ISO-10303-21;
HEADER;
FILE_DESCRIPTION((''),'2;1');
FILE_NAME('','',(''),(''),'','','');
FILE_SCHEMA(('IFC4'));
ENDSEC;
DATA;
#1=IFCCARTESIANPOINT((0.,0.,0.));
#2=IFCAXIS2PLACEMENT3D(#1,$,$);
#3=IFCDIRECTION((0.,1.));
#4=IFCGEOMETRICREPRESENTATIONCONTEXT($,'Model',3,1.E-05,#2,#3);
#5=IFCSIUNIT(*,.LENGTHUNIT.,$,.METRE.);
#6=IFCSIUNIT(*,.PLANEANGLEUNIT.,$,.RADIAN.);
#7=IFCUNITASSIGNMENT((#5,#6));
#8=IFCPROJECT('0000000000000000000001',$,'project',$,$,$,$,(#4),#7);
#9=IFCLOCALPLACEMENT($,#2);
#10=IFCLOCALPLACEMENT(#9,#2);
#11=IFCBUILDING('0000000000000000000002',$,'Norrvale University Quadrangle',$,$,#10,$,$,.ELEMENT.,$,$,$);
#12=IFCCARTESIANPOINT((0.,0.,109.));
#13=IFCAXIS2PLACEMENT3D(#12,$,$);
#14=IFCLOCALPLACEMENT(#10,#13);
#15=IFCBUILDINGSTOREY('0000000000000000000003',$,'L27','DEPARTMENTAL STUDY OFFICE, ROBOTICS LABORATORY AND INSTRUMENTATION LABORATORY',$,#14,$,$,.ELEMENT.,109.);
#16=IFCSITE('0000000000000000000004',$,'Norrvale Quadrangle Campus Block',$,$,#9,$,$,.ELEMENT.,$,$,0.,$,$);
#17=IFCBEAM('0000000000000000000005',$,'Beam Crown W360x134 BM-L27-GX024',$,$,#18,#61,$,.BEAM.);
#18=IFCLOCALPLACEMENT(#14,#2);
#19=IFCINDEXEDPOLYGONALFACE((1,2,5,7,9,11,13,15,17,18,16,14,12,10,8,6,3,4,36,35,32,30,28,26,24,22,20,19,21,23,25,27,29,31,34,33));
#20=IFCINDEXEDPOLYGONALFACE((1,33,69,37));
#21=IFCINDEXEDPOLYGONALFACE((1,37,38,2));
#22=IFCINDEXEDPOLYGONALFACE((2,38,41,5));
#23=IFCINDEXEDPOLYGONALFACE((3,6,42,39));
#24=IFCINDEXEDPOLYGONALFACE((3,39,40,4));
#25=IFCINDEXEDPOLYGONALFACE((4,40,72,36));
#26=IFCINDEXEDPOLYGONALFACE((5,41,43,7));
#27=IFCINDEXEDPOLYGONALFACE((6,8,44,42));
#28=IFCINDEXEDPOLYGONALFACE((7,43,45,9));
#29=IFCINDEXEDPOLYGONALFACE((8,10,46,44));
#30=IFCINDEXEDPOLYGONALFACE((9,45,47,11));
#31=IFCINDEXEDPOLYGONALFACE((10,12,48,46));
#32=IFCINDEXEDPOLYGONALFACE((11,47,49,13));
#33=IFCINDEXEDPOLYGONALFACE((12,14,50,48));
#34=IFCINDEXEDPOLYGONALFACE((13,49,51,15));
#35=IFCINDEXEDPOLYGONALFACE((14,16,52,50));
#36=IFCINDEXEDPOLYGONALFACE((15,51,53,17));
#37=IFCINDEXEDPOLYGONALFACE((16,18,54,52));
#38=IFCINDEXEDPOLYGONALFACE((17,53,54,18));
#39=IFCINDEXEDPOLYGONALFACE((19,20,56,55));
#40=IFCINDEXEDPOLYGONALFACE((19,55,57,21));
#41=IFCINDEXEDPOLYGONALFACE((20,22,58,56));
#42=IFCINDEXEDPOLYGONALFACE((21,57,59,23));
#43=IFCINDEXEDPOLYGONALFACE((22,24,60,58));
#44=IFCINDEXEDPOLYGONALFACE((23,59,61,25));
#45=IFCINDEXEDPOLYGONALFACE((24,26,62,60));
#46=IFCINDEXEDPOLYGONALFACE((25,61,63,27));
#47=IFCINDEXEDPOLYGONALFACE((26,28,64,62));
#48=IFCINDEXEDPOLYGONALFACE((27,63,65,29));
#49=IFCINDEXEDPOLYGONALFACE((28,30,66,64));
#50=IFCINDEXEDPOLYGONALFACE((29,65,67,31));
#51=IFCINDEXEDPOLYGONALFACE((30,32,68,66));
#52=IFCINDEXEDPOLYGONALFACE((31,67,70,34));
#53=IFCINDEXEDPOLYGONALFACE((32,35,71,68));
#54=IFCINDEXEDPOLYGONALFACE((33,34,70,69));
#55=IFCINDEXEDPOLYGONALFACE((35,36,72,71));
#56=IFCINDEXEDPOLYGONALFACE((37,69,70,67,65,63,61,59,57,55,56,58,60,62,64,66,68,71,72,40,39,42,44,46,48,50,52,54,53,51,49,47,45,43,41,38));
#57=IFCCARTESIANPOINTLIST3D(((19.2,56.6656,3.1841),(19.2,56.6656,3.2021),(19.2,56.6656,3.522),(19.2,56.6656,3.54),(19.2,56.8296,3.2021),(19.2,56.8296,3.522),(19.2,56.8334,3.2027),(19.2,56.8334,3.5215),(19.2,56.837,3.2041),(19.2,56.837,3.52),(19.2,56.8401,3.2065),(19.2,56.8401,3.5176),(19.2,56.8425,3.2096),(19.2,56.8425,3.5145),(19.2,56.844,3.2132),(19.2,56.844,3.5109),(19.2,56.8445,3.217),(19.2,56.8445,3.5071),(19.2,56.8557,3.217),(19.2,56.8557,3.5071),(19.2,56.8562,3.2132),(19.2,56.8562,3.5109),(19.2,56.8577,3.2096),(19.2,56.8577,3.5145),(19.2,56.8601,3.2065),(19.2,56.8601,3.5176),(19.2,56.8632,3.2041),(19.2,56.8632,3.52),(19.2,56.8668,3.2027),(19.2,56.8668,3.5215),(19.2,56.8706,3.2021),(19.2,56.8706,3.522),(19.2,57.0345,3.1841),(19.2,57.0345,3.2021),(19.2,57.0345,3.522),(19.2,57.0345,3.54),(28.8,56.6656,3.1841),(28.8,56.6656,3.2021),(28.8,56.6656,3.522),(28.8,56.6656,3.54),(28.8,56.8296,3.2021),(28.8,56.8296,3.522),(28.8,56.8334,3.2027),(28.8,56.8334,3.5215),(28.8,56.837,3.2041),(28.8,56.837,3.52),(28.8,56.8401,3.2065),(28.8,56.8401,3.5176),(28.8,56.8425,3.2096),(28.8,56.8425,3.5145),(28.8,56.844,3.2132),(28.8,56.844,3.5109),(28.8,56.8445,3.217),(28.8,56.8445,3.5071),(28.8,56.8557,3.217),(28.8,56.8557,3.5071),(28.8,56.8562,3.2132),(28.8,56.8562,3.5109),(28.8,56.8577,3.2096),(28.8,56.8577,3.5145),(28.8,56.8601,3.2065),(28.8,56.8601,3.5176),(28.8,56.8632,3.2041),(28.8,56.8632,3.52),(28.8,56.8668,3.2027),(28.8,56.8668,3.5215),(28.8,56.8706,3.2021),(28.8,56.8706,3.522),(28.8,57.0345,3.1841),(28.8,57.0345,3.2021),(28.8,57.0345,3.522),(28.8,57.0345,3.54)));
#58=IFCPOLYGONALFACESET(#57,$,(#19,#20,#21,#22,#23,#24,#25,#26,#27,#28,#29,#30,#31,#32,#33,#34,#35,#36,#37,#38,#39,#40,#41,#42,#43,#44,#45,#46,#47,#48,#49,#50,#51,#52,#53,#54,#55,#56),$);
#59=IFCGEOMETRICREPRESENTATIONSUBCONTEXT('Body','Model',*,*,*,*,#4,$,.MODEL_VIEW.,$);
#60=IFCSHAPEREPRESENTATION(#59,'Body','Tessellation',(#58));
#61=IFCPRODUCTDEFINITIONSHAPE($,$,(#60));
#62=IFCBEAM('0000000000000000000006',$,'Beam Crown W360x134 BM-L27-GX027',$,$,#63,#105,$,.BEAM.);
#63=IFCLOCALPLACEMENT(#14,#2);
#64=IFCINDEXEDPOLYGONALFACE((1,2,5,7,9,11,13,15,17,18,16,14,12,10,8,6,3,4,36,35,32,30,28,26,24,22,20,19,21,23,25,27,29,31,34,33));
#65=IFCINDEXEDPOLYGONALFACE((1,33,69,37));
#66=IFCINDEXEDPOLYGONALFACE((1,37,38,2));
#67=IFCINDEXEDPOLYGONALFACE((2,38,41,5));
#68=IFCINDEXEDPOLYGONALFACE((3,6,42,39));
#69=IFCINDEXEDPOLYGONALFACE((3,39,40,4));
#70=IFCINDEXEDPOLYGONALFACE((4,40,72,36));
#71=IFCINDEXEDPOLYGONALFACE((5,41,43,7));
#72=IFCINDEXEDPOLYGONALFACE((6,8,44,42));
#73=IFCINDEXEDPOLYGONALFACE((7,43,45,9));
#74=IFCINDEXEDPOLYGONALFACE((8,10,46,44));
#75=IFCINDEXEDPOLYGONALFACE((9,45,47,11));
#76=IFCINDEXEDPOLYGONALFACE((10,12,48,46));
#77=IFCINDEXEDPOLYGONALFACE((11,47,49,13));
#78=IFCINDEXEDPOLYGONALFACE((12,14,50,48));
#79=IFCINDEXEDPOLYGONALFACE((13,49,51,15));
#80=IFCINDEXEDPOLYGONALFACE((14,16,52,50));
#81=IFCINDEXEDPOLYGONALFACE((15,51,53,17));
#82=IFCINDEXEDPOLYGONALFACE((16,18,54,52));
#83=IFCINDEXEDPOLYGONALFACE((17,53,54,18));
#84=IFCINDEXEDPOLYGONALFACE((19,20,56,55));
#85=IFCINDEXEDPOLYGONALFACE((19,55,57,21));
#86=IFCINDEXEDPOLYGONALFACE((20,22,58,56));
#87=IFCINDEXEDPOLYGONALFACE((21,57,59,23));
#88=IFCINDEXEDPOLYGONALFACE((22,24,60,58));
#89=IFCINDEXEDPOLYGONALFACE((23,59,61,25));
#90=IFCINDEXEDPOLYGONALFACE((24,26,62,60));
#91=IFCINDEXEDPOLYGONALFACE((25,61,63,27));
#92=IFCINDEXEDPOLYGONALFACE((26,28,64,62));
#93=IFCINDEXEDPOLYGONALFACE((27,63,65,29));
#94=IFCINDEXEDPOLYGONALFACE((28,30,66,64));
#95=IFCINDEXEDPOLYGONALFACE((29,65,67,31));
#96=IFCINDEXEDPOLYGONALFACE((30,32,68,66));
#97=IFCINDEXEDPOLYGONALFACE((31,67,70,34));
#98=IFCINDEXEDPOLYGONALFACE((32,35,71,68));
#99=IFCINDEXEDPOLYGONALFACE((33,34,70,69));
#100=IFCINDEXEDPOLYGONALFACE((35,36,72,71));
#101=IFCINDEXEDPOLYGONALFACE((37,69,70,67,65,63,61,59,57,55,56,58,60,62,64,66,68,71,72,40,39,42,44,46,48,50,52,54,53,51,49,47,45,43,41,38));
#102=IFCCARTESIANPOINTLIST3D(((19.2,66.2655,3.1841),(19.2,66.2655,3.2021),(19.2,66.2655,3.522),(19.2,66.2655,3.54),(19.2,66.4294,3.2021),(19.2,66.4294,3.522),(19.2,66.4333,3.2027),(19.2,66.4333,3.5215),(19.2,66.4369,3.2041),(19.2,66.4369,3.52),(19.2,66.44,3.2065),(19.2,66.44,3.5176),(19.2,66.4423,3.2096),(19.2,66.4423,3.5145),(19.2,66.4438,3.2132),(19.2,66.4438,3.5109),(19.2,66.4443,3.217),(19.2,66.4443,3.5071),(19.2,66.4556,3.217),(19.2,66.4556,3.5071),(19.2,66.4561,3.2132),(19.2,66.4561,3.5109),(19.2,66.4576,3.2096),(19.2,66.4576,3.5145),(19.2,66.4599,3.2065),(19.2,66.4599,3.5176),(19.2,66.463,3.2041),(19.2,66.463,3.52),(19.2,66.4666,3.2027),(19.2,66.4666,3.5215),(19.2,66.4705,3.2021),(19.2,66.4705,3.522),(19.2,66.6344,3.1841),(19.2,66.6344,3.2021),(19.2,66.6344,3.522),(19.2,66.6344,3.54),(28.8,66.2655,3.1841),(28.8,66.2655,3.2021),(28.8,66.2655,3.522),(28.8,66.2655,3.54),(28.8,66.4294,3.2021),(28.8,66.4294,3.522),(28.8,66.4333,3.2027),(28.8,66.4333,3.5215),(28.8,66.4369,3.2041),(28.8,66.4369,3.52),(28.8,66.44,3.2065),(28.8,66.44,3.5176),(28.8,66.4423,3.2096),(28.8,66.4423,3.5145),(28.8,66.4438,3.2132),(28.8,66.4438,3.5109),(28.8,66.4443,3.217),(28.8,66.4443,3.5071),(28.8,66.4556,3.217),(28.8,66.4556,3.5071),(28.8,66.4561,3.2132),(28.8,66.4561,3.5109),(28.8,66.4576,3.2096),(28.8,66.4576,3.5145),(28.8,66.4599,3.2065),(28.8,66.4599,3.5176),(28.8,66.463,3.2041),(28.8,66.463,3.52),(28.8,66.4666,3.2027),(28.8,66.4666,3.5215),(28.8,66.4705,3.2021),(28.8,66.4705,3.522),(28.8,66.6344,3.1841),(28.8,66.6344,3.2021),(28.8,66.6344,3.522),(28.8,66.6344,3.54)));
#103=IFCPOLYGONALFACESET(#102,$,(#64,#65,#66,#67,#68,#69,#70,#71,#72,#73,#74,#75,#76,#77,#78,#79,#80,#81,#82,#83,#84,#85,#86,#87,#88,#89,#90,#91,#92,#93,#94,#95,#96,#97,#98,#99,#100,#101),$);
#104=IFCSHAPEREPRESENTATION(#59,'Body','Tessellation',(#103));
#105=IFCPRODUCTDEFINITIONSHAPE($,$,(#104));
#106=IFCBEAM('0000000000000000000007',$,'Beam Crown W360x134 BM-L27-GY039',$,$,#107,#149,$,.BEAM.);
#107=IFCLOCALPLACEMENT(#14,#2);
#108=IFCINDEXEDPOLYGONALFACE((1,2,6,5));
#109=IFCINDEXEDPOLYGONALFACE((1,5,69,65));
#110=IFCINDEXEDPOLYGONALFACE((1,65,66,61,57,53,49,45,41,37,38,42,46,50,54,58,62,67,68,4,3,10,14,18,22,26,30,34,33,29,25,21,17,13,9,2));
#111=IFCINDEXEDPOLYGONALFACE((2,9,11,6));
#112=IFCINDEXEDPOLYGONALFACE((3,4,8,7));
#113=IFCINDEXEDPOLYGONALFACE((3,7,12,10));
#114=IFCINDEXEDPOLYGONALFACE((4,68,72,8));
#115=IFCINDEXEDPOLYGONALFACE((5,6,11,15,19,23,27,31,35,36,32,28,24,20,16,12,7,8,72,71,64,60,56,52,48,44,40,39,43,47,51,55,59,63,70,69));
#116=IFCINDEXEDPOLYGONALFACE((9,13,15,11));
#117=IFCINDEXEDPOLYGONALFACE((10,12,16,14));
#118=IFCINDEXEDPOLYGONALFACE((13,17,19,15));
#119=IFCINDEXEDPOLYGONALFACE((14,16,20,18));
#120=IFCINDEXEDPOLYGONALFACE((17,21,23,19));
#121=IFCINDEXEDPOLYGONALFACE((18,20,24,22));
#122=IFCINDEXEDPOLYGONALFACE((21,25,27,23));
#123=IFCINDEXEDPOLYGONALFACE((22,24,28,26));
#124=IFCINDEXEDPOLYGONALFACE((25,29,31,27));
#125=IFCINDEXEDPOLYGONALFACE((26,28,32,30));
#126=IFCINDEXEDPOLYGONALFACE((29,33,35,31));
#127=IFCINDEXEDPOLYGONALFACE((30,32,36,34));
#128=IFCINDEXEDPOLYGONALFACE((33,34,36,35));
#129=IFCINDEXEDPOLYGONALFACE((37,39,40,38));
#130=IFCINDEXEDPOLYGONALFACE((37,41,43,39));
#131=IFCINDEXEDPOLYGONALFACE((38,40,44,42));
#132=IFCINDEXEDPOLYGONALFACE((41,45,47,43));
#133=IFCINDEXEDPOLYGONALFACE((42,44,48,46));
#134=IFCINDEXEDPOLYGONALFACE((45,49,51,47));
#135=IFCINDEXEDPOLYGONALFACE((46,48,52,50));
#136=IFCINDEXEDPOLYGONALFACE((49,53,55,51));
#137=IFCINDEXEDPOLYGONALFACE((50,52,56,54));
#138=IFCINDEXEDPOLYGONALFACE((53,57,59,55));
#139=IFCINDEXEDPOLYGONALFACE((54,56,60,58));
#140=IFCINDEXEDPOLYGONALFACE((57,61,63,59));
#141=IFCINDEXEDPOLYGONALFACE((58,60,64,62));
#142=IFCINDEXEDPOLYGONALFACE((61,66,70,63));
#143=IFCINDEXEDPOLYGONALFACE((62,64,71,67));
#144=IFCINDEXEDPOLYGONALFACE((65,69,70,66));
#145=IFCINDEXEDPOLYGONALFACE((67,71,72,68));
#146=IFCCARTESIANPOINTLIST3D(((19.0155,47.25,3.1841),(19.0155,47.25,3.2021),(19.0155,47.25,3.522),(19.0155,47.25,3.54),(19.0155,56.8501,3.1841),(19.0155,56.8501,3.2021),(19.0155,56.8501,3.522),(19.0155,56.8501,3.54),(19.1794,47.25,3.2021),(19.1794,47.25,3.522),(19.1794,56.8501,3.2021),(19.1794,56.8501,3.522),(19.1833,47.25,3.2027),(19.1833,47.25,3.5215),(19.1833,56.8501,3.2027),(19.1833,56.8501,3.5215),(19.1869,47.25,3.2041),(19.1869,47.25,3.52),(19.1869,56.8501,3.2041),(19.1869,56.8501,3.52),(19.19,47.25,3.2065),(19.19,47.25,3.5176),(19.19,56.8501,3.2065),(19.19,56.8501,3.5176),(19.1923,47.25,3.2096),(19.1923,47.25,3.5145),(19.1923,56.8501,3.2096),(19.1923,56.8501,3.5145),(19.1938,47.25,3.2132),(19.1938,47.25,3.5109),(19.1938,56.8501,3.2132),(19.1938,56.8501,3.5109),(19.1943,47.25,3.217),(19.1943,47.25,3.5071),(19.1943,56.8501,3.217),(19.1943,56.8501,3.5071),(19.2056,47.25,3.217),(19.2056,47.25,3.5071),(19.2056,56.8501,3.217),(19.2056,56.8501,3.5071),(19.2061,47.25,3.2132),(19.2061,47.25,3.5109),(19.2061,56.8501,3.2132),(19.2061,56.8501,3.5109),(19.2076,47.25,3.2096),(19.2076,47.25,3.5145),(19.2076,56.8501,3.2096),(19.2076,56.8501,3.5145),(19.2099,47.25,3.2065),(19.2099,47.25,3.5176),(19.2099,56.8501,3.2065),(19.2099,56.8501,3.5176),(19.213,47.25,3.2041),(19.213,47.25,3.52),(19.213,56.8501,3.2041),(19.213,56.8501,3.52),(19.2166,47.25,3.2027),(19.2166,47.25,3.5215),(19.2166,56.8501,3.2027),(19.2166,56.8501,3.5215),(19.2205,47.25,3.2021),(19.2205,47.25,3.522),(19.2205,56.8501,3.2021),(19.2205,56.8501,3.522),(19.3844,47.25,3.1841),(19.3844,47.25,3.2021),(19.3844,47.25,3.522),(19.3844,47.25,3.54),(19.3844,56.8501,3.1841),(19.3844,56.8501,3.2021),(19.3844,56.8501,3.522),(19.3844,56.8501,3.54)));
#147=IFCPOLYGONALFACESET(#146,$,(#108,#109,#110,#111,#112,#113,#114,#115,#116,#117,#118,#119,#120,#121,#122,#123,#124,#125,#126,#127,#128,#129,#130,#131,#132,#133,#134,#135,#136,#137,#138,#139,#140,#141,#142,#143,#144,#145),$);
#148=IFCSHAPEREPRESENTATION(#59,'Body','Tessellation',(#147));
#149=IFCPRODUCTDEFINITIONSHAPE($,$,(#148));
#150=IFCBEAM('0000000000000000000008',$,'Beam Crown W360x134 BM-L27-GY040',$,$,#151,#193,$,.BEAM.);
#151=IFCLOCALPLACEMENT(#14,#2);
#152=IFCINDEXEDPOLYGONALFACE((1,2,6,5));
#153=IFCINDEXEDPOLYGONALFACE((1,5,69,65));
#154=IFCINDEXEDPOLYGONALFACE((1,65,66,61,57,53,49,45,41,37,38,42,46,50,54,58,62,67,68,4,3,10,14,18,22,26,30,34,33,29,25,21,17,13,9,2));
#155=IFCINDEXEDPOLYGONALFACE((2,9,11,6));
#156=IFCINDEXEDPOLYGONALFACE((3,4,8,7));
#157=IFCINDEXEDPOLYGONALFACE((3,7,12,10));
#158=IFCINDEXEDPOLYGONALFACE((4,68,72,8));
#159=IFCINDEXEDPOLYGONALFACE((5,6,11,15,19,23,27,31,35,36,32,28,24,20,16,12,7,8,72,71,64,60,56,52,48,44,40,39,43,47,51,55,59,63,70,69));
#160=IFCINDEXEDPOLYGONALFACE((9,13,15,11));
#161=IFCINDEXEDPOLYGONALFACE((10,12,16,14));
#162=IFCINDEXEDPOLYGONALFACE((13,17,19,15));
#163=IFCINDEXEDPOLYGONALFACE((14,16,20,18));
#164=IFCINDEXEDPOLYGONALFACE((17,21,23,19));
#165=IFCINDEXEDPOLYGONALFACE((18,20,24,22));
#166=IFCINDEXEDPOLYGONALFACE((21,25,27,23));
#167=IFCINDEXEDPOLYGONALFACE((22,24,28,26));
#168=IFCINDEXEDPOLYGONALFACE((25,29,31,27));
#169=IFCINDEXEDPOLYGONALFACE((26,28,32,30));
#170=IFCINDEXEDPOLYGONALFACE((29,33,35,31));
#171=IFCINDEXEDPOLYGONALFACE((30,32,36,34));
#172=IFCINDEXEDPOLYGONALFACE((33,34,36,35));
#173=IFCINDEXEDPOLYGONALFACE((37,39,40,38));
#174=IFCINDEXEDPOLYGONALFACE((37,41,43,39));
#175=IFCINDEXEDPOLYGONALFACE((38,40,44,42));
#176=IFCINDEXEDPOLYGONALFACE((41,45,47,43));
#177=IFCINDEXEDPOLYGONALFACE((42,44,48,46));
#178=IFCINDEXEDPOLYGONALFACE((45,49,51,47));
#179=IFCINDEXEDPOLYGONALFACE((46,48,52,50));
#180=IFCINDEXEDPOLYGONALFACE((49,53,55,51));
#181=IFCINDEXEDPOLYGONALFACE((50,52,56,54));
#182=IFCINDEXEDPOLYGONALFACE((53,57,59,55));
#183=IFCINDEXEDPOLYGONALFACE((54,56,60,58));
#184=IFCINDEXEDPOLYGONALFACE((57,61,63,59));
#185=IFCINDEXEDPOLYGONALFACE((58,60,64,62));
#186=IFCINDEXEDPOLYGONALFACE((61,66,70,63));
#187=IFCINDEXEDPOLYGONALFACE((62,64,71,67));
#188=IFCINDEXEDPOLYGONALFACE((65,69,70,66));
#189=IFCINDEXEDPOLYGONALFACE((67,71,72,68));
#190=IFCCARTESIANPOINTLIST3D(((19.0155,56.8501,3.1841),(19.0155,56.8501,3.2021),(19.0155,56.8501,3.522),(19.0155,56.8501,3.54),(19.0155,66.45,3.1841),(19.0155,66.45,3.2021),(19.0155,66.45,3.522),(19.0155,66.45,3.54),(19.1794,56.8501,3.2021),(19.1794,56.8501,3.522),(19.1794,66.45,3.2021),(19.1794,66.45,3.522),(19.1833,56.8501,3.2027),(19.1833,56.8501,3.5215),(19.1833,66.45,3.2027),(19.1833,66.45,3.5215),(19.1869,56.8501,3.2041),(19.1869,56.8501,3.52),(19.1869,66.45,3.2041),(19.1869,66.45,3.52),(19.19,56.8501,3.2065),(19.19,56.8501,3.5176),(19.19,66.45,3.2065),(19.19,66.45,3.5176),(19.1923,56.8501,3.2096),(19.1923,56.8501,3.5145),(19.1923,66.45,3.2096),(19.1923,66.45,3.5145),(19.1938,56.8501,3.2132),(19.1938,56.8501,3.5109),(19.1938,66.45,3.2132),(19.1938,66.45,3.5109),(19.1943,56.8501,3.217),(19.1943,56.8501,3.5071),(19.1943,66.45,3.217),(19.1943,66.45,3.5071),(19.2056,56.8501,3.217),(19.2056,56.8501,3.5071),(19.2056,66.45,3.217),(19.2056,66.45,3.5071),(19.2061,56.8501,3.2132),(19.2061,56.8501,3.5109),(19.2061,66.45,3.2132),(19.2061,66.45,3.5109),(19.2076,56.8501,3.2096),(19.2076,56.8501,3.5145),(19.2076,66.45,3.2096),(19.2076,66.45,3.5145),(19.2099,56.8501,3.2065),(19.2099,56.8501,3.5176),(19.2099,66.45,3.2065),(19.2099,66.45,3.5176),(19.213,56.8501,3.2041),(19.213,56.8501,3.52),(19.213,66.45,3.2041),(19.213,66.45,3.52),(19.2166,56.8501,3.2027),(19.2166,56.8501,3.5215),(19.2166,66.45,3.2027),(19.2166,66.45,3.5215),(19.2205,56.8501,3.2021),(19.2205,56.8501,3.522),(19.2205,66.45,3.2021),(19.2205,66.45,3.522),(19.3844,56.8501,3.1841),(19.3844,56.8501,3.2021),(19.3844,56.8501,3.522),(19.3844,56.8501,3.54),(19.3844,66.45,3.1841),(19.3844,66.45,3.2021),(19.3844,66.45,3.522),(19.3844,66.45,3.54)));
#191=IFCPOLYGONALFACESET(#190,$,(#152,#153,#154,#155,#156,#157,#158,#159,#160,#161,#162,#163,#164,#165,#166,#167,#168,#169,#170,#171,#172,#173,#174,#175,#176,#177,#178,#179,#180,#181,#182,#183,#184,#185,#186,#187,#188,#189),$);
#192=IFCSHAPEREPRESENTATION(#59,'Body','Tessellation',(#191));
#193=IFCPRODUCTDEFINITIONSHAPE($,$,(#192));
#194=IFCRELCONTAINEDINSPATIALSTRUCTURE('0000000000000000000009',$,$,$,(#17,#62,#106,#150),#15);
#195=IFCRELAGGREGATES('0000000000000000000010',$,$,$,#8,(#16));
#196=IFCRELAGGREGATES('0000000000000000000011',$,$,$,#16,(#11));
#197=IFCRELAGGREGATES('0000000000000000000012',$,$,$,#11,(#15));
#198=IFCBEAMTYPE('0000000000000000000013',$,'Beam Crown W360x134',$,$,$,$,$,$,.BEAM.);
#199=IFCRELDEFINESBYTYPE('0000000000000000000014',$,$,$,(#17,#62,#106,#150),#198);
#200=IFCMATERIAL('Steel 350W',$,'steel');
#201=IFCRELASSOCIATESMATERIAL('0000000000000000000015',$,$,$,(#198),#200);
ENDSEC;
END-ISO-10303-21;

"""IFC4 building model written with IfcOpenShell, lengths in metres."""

from ifc_helpers import new_model, si_unit, direction, frame, origin, origin_2d, place, context, subcontext, project, spatial, i_section, extrude, material, material_profile, profile_set, type_object, element, save


model = new_model("IFC4")

# Units and contexts
model_context = context("Model", 3, precision=1e-05, world=origin(), true_north=direction((0.0, 1.0)))
body_context = subcontext(model_context, "Body", "Model", "MODEL_VIEW")
ifc_project = project(units=[si_unit("LENGTHUNIT", "METRE"), si_unit("PLANEANGLEUNIT", "RADIAN")], contexts=[model_context])

# Site, building, storey
site_placement = place(None, origin())
site = spatial("IfcSite", under=ifc_project, at=site_placement, Name="Norrvale Quadrangle Campus Block", CompositionType="ELEMENT", RefElevation=0.0)
building_placement = place(site_placement, origin())
building = spatial("IfcBuilding", under=site, at=building_placement, Name="Norrvale University Quadrangle", CompositionType="ELEMENT")
storey_placement = place(building_placement, frame((0.0, 0.0, 109.0)))
storey = spatial("IfcBuildingStorey", under=building, at=storey_placement, Name="L27", Description="DEPARTMENTAL STUDY OFFICE, ROBOTICS LABORATORY AND INSTRUMENTATION LABORATORY", CompositionType="ELEMENT", Elevation=109.0)

# Beams
ifc_material_1 = material(Name="Steel 350W", Category="steel")
ifc_material_profile_1 = material_profile(ifc_material_1, i_section(OverallWidth=0.3689, OverallDepth=0.356, WebThickness=0.0112, FlangeThickness=0.0181, FilletRadius=0.0149, at=origin_2d()), Name="Steel 350W")
ifc_profile_set_1 = profile_set([ifc_material_profile_1], Name="Steel 350W")
beam_type_1 = type_object("IfcBeamType", Name="Beam Crown W360x134", PredefinedType="BEAM", material=ifc_profile_set_1)
for number, where, z_axis, x_axis, name in (
    (1, (19.2, 56.8501, 3.3621), (1.0, 0.0, 0.0), (0.0, 1.0, 0.0), "Beam Crown W360x134 BM-L27-GX024"),
    (2, (19.2, 66.45, 3.3621), (1.0, 0.0, 0.0), (0.0, 1.0, 0.0), "Beam Crown W360x134 BM-L27-GX027"),
    (3, (19.2, 47.25, 3.3621), (0.0, 1.0, 0.0), (-1.0, 0.0, 0.0), "Beam Crown W360x134 BM-L27-GY039"),
):
    element("IfcBeam", number, at=place(storey_placement, frame(where, z_axis=z_axis, x_axis=x_axis)), inside=storey, type_object=beam_type_1, Name=name, PredefinedType="BEAM", context=body_context, shape_type="SweptSolid", body=[
        extrude(i_section(OverallWidth=0.3689, OverallDepth=0.356, WebThickness=0.0112, FlangeThickness=0.0181, FilletRadius=0.0149, at=origin_2d()), origin(), (0.0, 0.0, 1.0), 9.6001),
    ])
beam_1_placement = place(storey_placement, frame((19.2, 56.8501, 3.3621), z_axis=(0.0, 1.0, 0.0), x_axis=(-1.0, 0.0, 0.0)))
element("IfcBeam", 4, at=beam_1_placement, inside=storey, type_object=beam_type_1, Name="Beam Crown W360x134 BM-L27-GY040", PredefinedType="BEAM", context=body_context, shape_type="SweptSolid", body=[
    extrude(i_section(OverallWidth=0.3689, OverallDepth=0.356, WebThickness=0.0112, FlangeThickness=0.0181, FilletRadius=0.0149, at=origin_2d()), origin(), (0.0, 0.0, 1.0), 9.5999),
])

save(model, "model.ifc")
